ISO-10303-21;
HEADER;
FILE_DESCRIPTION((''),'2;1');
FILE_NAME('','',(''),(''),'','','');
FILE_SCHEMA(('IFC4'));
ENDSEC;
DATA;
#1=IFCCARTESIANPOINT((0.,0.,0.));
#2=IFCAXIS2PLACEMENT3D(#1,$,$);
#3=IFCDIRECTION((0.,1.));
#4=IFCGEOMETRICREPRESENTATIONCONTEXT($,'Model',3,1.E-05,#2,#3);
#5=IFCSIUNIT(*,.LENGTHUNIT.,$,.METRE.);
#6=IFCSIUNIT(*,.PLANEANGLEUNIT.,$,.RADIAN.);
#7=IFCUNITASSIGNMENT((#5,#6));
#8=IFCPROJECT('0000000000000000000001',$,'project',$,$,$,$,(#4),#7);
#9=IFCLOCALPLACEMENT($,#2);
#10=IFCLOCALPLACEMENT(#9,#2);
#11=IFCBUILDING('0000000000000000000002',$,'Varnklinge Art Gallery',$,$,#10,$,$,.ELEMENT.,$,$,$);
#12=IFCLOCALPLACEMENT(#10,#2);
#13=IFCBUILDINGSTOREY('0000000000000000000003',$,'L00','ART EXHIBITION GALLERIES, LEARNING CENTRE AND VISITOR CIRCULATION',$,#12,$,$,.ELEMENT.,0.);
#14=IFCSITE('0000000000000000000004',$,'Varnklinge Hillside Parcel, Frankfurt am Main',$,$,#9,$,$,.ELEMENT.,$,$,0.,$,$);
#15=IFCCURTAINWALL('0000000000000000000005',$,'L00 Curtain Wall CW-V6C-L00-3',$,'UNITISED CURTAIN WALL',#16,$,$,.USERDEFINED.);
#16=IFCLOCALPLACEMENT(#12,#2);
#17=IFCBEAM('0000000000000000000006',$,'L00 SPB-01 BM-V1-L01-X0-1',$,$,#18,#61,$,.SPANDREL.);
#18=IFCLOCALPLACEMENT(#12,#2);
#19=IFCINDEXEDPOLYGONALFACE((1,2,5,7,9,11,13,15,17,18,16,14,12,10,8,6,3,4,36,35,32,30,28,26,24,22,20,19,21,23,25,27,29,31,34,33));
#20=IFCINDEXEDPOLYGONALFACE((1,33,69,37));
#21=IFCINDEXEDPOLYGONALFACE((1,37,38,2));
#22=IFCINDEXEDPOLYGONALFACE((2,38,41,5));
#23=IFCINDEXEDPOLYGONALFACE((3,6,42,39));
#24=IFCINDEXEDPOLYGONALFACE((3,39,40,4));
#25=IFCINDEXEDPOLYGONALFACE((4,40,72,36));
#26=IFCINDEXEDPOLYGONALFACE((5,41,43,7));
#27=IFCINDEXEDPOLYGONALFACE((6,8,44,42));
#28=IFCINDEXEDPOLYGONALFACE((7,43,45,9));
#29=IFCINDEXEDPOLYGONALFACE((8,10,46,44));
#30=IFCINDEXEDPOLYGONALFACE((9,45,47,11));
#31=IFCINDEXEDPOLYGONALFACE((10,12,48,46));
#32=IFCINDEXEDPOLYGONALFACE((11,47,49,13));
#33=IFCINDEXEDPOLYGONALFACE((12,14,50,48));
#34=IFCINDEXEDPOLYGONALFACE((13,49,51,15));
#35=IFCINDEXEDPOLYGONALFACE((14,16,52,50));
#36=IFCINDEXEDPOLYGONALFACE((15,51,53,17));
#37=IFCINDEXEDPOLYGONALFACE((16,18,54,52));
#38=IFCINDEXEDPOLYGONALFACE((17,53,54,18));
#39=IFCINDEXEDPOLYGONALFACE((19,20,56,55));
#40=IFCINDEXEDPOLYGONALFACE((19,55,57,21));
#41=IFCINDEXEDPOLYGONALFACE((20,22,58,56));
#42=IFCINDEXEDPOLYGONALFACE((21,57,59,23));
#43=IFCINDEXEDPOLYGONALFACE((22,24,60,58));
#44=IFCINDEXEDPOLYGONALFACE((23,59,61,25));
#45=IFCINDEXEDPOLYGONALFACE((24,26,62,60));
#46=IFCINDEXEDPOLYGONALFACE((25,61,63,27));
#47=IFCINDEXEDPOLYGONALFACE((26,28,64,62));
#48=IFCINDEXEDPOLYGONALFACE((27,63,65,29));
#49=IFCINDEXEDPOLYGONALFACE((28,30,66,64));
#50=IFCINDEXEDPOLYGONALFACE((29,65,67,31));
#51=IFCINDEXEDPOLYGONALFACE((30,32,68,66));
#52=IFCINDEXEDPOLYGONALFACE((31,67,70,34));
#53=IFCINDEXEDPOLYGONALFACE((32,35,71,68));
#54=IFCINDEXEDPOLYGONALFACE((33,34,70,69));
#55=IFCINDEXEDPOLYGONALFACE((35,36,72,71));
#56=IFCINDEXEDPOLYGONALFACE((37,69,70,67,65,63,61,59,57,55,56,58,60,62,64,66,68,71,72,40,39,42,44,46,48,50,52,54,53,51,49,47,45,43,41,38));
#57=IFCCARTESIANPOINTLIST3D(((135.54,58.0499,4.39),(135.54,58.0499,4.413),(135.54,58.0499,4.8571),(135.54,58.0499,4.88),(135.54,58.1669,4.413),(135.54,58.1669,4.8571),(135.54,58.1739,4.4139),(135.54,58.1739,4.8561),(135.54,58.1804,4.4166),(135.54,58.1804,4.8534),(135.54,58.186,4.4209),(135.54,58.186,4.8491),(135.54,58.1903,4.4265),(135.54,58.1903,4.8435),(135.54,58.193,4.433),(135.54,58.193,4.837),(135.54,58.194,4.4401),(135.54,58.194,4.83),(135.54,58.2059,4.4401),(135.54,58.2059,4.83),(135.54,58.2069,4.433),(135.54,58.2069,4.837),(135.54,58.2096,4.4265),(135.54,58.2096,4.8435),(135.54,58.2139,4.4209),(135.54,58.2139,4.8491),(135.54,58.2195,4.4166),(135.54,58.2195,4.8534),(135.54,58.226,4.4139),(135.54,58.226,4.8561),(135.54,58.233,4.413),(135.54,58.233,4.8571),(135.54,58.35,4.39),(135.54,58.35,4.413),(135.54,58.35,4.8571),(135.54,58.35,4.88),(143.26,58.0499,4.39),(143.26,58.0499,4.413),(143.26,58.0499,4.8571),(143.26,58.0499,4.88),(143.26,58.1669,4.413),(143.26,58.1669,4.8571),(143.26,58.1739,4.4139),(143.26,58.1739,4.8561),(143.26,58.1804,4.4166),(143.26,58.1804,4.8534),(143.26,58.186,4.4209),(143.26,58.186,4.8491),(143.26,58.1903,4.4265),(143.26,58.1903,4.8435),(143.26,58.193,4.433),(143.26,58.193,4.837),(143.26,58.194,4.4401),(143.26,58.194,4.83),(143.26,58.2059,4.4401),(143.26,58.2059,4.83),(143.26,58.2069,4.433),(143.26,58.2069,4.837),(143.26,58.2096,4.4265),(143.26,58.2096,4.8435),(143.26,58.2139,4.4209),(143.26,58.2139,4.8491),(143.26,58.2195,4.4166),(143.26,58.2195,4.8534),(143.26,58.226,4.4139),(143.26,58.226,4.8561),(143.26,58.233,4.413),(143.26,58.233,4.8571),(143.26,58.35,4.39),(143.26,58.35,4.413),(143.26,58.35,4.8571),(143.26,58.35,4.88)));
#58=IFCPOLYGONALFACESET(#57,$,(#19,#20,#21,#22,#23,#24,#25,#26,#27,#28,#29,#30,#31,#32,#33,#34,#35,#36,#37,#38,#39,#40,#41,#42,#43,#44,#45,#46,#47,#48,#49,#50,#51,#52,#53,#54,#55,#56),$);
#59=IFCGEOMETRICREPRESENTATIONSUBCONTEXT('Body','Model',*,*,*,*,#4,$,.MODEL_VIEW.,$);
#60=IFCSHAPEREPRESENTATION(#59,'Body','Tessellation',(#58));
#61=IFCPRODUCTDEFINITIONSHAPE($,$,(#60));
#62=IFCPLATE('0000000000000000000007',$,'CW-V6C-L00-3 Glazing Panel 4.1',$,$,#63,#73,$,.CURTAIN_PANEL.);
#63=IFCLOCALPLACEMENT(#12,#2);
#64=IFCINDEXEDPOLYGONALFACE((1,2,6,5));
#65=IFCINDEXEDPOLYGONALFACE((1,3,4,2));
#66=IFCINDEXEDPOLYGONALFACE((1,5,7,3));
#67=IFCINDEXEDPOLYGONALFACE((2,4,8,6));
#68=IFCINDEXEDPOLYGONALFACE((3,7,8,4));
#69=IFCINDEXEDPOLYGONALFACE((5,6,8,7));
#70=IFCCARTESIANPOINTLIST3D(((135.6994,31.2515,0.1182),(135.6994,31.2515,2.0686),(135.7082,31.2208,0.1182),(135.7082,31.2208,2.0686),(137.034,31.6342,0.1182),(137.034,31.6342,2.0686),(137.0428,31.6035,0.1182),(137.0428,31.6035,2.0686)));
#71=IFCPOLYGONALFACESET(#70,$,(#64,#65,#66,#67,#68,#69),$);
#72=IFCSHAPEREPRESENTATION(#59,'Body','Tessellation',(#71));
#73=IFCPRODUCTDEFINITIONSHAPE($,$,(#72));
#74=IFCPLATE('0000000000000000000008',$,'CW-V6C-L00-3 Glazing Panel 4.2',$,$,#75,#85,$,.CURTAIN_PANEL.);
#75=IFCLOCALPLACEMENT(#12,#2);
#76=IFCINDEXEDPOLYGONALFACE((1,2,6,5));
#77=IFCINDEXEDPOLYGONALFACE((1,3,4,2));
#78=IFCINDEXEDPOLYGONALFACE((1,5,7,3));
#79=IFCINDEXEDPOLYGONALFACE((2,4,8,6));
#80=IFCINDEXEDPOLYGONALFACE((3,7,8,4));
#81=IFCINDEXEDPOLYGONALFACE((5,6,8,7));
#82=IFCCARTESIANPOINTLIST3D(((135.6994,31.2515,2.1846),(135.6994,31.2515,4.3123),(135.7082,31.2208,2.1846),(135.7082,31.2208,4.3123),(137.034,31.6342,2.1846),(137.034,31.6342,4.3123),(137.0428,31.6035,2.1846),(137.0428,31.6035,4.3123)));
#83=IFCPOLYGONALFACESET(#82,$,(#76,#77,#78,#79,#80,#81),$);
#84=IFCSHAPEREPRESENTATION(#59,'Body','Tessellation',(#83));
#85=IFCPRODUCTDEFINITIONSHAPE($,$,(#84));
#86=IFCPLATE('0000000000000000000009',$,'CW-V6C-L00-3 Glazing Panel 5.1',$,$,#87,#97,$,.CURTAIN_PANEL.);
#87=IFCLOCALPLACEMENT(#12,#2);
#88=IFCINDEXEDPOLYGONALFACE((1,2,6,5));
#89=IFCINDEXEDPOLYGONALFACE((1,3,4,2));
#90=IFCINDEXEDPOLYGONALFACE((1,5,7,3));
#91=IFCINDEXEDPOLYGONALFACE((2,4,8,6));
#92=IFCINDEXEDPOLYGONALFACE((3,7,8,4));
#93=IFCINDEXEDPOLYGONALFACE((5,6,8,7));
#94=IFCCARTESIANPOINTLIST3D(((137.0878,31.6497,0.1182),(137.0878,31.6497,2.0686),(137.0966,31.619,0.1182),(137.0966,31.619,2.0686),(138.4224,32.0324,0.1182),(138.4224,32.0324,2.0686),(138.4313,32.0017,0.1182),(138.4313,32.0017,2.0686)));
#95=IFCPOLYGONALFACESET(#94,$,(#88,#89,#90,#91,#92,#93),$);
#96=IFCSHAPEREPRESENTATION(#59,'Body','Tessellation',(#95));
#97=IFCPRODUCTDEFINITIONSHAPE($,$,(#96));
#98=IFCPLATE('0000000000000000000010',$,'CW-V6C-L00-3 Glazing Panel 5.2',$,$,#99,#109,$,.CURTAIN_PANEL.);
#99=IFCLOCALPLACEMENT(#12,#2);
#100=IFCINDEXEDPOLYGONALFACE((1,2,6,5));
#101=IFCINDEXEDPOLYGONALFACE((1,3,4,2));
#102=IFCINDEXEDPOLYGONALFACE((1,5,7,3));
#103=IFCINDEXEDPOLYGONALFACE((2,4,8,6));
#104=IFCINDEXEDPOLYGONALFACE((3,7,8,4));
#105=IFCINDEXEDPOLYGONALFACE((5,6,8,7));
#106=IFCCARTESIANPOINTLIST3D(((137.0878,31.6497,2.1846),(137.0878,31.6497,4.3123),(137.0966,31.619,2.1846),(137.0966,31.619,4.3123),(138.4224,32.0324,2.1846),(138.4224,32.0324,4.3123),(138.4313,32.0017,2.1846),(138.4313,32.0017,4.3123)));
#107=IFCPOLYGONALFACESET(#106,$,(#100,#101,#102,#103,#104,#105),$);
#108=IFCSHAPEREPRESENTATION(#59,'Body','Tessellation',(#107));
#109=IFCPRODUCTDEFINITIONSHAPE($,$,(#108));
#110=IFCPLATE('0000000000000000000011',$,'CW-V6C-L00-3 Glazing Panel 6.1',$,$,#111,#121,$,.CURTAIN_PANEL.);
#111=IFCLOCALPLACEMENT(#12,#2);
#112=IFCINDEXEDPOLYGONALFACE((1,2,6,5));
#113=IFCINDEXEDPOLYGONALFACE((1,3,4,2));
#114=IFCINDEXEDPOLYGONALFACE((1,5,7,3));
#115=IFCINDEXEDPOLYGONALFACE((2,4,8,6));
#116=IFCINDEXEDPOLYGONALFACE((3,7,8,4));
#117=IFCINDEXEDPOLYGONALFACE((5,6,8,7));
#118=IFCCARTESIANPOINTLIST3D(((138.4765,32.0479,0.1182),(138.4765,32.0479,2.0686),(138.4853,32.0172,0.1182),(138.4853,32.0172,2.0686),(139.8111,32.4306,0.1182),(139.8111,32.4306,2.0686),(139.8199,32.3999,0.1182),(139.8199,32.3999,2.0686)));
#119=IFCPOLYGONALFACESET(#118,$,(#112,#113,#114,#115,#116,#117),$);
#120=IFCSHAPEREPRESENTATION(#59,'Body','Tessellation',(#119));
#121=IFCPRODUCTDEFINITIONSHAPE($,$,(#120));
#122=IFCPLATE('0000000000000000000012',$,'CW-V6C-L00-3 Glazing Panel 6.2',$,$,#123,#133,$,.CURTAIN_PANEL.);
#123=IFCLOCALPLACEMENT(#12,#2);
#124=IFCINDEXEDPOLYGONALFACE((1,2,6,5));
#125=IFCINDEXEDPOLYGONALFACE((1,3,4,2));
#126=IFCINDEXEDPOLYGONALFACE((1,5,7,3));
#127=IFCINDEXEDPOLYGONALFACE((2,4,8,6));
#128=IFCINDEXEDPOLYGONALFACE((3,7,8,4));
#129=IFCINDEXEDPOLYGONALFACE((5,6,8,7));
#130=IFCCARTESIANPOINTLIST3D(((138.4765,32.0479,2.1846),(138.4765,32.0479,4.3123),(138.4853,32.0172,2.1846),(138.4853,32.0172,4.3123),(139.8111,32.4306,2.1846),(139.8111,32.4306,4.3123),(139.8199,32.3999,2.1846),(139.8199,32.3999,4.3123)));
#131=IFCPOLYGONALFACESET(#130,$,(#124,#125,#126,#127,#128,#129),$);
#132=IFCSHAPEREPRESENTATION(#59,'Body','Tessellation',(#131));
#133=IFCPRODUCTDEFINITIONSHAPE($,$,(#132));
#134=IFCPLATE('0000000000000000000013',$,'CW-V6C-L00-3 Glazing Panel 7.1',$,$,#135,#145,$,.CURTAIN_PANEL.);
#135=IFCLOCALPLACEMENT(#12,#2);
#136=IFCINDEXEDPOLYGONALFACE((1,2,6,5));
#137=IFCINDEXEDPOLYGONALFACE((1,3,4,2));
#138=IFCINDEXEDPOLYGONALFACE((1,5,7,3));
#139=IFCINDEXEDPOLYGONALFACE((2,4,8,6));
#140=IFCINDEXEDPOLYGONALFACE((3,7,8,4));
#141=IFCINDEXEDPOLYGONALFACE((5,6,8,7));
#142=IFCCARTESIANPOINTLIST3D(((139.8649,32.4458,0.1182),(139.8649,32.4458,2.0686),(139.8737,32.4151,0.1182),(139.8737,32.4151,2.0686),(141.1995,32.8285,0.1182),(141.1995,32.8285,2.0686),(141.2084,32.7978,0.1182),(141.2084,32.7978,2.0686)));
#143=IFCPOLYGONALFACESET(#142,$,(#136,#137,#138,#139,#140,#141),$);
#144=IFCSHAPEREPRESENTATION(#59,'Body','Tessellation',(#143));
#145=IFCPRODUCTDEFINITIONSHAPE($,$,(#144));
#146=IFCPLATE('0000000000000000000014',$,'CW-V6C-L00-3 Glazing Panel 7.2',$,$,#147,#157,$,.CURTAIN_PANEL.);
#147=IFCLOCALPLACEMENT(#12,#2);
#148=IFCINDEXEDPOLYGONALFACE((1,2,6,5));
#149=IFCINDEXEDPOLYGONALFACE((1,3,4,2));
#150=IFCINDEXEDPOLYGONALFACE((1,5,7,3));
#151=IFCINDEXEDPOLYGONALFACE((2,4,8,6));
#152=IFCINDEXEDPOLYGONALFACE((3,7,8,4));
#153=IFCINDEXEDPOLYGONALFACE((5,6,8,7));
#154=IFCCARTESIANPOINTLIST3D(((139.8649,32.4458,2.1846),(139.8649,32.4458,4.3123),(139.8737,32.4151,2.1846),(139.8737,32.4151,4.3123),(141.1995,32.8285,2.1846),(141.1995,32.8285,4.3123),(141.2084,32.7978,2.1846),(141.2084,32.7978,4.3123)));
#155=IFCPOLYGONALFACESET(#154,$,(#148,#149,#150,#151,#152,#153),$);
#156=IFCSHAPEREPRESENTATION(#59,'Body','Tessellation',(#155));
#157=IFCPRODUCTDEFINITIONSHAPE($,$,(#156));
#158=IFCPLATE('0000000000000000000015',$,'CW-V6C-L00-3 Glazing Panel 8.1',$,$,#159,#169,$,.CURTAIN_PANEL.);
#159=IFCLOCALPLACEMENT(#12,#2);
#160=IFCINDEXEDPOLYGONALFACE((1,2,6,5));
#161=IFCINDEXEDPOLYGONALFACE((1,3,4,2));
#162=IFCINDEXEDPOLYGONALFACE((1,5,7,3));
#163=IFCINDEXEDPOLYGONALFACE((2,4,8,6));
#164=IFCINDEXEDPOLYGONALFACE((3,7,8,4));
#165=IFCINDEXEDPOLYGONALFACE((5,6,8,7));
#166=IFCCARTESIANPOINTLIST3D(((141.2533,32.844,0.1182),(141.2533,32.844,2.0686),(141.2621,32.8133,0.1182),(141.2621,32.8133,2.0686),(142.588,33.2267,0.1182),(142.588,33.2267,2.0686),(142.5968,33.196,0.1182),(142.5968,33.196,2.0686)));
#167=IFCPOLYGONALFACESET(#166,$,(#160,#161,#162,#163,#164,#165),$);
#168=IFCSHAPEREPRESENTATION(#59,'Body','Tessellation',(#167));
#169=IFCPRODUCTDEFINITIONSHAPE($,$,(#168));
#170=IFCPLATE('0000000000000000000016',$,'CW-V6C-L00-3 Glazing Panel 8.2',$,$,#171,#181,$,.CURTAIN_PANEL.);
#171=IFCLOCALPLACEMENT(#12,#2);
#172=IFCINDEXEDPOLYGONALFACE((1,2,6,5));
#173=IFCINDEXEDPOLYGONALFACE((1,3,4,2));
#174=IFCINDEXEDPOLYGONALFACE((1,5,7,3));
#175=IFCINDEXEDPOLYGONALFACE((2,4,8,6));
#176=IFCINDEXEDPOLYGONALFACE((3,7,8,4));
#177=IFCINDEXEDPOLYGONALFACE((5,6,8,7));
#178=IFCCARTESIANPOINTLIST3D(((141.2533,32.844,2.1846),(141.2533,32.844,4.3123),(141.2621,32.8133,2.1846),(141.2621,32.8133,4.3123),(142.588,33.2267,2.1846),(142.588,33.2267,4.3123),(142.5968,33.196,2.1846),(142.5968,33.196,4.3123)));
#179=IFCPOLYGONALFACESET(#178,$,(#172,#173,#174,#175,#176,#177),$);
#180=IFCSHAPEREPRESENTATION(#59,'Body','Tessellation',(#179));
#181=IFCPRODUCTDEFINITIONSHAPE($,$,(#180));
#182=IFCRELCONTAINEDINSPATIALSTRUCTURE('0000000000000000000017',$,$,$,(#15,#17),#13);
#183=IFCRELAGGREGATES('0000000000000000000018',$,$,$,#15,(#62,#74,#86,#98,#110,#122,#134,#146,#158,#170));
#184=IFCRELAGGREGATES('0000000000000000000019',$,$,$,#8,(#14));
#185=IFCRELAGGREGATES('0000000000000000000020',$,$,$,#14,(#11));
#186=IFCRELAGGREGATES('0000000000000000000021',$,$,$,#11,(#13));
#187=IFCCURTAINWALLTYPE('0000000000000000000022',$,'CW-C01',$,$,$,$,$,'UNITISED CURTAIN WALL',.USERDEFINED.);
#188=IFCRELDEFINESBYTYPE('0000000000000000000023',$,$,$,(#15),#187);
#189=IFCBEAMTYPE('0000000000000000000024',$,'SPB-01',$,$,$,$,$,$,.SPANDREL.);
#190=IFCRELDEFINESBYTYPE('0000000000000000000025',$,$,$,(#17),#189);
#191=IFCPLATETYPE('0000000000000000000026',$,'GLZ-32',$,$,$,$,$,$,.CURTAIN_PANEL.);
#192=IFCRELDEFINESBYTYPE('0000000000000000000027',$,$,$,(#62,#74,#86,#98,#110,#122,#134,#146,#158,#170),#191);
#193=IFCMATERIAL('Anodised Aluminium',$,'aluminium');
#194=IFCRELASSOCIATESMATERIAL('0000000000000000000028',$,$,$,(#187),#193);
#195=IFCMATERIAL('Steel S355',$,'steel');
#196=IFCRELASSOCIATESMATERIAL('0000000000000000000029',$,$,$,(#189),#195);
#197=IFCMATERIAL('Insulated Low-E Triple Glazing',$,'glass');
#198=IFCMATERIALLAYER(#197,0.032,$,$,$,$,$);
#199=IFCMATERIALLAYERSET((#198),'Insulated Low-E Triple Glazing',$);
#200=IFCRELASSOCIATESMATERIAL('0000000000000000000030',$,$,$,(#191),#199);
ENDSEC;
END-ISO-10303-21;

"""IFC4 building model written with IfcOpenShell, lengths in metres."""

from ifc_helpers import new_model, si_unit, direction, frame, origin, origin_2d, place, context, subcontext, project, spatial, rectangle, i_section, extrude, material, layer, layer_set, material_profile, profile_set, type_object, element, aggregate, save


model = new_model("IFC4")

# Units and contexts
model_context = context("Model", 3, precision=1e-05, world=origin(), true_north=direction((0.0, 1.0)))
body_context = subcontext(model_context, "Body", "Model", "MODEL_VIEW")
ifc_project = project(units=[si_unit("LENGTHUNIT", "METRE"), si_unit("PLANEANGLEUNIT", "RADIAN")], contexts=[model_context])

# Site, building, storey
site_placement = place(None, origin())
site = spatial("IfcSite", under=ifc_project, at=site_placement, Name="Varnklinge Hillside Parcel, Frankfurt am Main", CompositionType="ELEMENT", RefElevation=0.0)
building_placement = place(site_placement, origin())
building = spatial("IfcBuilding", under=site, at=building_placement, Name="Varnklinge Art Gallery", CompositionType="ELEMENT")
storey_placement = place(building_placement, origin())
storey = spatial("IfcBuildingStorey", under=building, at=storey_placement, Name="L00", Description="ART EXHIBITION GALLERIES, LEARNING CENTRE AND VISITOR CIRCULATION", CompositionType="ELEMENT", Elevation=0.0)

# Curtain wall
ifc_material_1 = material(Name="Anodised Aluminium", Category="aluminium")
curtain_wall_type = type_object("IfcCurtainWallType", Name="CW-C01", ElementType="UNITISED CURTAIN WALL", PredefinedType="USERDEFINED", material=ifc_material_1)
curtain_wall_placement = place(storey_placement, origin())
curtain_wall = element("IfcCurtainWall", 1, at=curtain_wall_placement, inside=storey, type_object=curtain_wall_type, Name="L00 Curtain Wall CW-V6C-L00-3", ObjectType="UNITISED CURTAIN WALL", PredefinedType="USERDEFINED")

# Beam
ifc_material_2 = material(Name="Steel S355", Category="steel")
ifc_material_profile_1 = material_profile(ifc_material_2, i_section(OverallWidth=0.3, OverallDepth=0.49, WebThickness=0.012, FlangeThickness=0.0229, FilletRadius=0.0271, at=origin_2d()), Name="HEA 500")
ifc_profile_set_1 = profile_set([ifc_material_profile_1], Name="Steel S355")
beam_type_1 = type_object("IfcBeamType", Name="SPB-01", PredefinedType="SPANDREL", material=ifc_profile_set_1)
beam_1_placement = place(storey_placement, frame((135.54, 58.2, 4.635), z_axis=(1.0, 0.0, 0.0), x_axis=(0.0, 1.0, 0.0)))
element("IfcBeam", 2, at=beam_1_placement, inside=storey, type_object=beam_type_1, Name="L00 SPB-01 BM-V1-L01-X0-1", PredefinedType="SPANDREL", context=body_context, shape_type="SweptSolid", body=[
    extrude(i_section(OverallWidth=0.3, OverallDepth=0.49, WebThickness=0.012, FlangeThickness=0.0229, FilletRadius=0.0271, at=origin_2d()), origin(), (0.0, 0.0, 1.0), 7.72),
])

# Plates
ifc_material_3 = material(Name="Insulated Low-E Triple Glazing", Category="glass")
ifc_layer_1 = layer(ifc_material_3, 0.032)
ifc_layer_set_1 = layer_set([ifc_layer_1], Name="Insulated Low-E Triple Glazing")
plate_type = type_object("IfcPlateType", Name="GLZ-32", PredefinedType="CURTAIN_PANEL", material=ifc_layer_set_1)
plate_1_placement = place(storey_placement, frame((136.3711, 31.4275, 0.1182), z_axis=(0.0, 0.0, 1.0), x_axis=(0.961262, 0.275637, 0.0)))
plate_1 = element("IfcPlate", 3, at=plate_1_placement, type_object=plate_type, Name="CW-V6C-L00-3 Glazing Panel 4.1", PredefinedType="CURTAIN_PANEL", context=body_context, shape_type="SweptSolid", body=[
    extrude(rectangle(XDim=1.3884, YDim=0.032, at=origin_2d()), origin(), (0.0, 0.0, 1.0), 1.9504),
])
plate_2_placement = place(storey_placement, frame((136.3711, 31.4275, 2.1846), z_axis=(0.0, 0.0, 1.0), x_axis=(0.961262, 0.275637, 0.0)))
plate_2 = element("IfcPlate", 4, at=plate_2_placement, type_object=plate_type, Name="CW-V6C-L00-3 Glazing Panel 4.2", PredefinedType="CURTAIN_PANEL", context=body_context, shape_type="SweptSolid", body=[
    extrude(rectangle(XDim=1.3884, YDim=0.032, at=origin_2d()), origin(), (0.0, 0.0, 1.0), 2.1277),
])
plate_3_placement = place(storey_placement, frame((137.7595, 31.8257, 0.1182), z_axis=(0.0, 0.0, 1.0), x_axis=(0.961262, 0.275637, 0.0)))
plate_3 = element("IfcPlate", 5, at=plate_3_placement, type_object=plate_type, Name="CW-V6C-L00-3 Glazing Panel 5.1", PredefinedType="CURTAIN_PANEL", context=body_context, shape_type="SweptSolid", body=[
    extrude(rectangle(XDim=1.3884, YDim=0.032, at=origin_2d()), origin(), (0.0, 0.0, 1.0), 1.9504),
])
plate_4_placement = place(storey_placement, frame((137.7595, 31.8257, 2.1846), z_axis=(0.0, 0.0, 1.0), x_axis=(0.961262, 0.275637, 0.0)))
plate_4 = element("IfcPlate", 6, at=plate_4_placement, type_object=plate_type, Name="CW-V6C-L00-3 Glazing Panel 5.2", PredefinedType="CURTAIN_PANEL", context=body_context, shape_type="SweptSolid", body=[
    extrude(rectangle(XDim=1.3884, YDim=0.032, at=origin_2d()), origin(), (0.0, 0.0, 1.0), 2.1277),
])
plate_5_placement = place(storey_placement, frame((139.1482, 32.2239, 0.1182), z_axis=(0.0, 0.0, 1.0), x_axis=(0.961262, 0.275637, 0.0)))
plate_5 = element("IfcPlate", 7, at=plate_5_placement, type_object=plate_type, Name="CW-V6C-L00-3 Glazing Panel 6.1", PredefinedType="CURTAIN_PANEL", context=body_context, shape_type="SweptSolid", body=[
    extrude(rectangle(XDim=1.3884, YDim=0.032, at=origin_2d()), origin(), (0.0, 0.0, 1.0), 1.9504),
])
plate_6_placement = place(storey_placement, frame((139.1482, 32.2239, 2.1846), z_axis=(0.0, 0.0, 1.0), x_axis=(0.961262, 0.275637, 0.0)))
plate_6 = element("IfcPlate", 8, at=plate_6_placement, type_object=plate_type, Name="CW-V6C-L00-3 Glazing Panel 6.2", PredefinedType="CURTAIN_PANEL", context=body_context, shape_type="SweptSolid", body=[
    extrude(rectangle(XDim=1.3884, YDim=0.032, at=origin_2d()), origin(), (0.0, 0.0, 1.0), 2.1277),
])
plate_7_placement = place(storey_placement, frame((140.5366, 32.6218, 0.1182), z_axis=(0.0, 0.0, 1.0), x_axis=(0.961262, 0.275637, 0.0)))
plate_7 = element("IfcPlate", 9, at=plate_7_placement, type_object=plate_type, Name="CW-V6C-L00-3 Glazing Panel 7.1", PredefinedType="CURTAIN_PANEL", context=body_context, shape_type="SweptSolid", body=[
    extrude(rectangle(XDim=1.3884, YDim=0.032, at=origin_2d()), origin(), (0.0, 0.0, 1.0), 1.9504),
])
plate_8_placement = place(storey_placement, frame((140.5366, 32.6218, 2.1846), z_axis=(0.0, 0.0, 1.0), x_axis=(0.961262, 0.275637, 0.0)))
plate_8 = element("IfcPlate", 10, at=plate_8_placement, type_object=plate_type, Name="CW-V6C-L00-3 Glazing Panel 7.2", PredefinedType="CURTAIN_PANEL", context=body_context, shape_type="SweptSolid", body=[
    extrude(rectangle(XDim=1.3884, YDim=0.032, at=origin_2d()), origin(), (0.0, 0.0, 1.0), 2.1277),
])
plate_9_placement = place(storey_placement, frame((141.925, 33.02, 0.1182), z_axis=(0.0, 0.0, 1.0), x_axis=(0.961262, 0.275637, 0.0)))
plate_9 = element("IfcPlate", 11, at=plate_9_placement, type_object=plate_type, Name="CW-V6C-L00-3 Glazing Panel 8.1", PredefinedType="CURTAIN_PANEL", context=body_context, shape_type="SweptSolid", body=[
    extrude(rectangle(XDim=1.3884, YDim=0.032, at=origin_2d()), origin(), (0.0, 0.0, 1.0), 1.9504),
])
plate_10_placement = place(storey_placement, frame((141.925, 33.02, 2.1846), z_axis=(0.0, 0.0, 1.0), x_axis=(0.961262, 0.275637, 0.0)))
plate_10 = element("IfcPlate", 12, at=plate_10_placement, type_object=plate_type, Name="CW-V6C-L00-3 Glazing Panel 8.2", PredefinedType="CURTAIN_PANEL", context=body_context, shape_type="SweptSolid", body=[
    extrude(rectangle(XDim=1.3884, YDim=0.032, at=origin_2d()), origin(), (0.0, 0.0, 1.0), 2.1277),
])
aggregate(curtain_wall, [plate_1, plate_2, plate_3, plate_4, plate_5, plate_6, plate_7, plate_8, plate_9, plate_10])

save(model, "model.ifc")
